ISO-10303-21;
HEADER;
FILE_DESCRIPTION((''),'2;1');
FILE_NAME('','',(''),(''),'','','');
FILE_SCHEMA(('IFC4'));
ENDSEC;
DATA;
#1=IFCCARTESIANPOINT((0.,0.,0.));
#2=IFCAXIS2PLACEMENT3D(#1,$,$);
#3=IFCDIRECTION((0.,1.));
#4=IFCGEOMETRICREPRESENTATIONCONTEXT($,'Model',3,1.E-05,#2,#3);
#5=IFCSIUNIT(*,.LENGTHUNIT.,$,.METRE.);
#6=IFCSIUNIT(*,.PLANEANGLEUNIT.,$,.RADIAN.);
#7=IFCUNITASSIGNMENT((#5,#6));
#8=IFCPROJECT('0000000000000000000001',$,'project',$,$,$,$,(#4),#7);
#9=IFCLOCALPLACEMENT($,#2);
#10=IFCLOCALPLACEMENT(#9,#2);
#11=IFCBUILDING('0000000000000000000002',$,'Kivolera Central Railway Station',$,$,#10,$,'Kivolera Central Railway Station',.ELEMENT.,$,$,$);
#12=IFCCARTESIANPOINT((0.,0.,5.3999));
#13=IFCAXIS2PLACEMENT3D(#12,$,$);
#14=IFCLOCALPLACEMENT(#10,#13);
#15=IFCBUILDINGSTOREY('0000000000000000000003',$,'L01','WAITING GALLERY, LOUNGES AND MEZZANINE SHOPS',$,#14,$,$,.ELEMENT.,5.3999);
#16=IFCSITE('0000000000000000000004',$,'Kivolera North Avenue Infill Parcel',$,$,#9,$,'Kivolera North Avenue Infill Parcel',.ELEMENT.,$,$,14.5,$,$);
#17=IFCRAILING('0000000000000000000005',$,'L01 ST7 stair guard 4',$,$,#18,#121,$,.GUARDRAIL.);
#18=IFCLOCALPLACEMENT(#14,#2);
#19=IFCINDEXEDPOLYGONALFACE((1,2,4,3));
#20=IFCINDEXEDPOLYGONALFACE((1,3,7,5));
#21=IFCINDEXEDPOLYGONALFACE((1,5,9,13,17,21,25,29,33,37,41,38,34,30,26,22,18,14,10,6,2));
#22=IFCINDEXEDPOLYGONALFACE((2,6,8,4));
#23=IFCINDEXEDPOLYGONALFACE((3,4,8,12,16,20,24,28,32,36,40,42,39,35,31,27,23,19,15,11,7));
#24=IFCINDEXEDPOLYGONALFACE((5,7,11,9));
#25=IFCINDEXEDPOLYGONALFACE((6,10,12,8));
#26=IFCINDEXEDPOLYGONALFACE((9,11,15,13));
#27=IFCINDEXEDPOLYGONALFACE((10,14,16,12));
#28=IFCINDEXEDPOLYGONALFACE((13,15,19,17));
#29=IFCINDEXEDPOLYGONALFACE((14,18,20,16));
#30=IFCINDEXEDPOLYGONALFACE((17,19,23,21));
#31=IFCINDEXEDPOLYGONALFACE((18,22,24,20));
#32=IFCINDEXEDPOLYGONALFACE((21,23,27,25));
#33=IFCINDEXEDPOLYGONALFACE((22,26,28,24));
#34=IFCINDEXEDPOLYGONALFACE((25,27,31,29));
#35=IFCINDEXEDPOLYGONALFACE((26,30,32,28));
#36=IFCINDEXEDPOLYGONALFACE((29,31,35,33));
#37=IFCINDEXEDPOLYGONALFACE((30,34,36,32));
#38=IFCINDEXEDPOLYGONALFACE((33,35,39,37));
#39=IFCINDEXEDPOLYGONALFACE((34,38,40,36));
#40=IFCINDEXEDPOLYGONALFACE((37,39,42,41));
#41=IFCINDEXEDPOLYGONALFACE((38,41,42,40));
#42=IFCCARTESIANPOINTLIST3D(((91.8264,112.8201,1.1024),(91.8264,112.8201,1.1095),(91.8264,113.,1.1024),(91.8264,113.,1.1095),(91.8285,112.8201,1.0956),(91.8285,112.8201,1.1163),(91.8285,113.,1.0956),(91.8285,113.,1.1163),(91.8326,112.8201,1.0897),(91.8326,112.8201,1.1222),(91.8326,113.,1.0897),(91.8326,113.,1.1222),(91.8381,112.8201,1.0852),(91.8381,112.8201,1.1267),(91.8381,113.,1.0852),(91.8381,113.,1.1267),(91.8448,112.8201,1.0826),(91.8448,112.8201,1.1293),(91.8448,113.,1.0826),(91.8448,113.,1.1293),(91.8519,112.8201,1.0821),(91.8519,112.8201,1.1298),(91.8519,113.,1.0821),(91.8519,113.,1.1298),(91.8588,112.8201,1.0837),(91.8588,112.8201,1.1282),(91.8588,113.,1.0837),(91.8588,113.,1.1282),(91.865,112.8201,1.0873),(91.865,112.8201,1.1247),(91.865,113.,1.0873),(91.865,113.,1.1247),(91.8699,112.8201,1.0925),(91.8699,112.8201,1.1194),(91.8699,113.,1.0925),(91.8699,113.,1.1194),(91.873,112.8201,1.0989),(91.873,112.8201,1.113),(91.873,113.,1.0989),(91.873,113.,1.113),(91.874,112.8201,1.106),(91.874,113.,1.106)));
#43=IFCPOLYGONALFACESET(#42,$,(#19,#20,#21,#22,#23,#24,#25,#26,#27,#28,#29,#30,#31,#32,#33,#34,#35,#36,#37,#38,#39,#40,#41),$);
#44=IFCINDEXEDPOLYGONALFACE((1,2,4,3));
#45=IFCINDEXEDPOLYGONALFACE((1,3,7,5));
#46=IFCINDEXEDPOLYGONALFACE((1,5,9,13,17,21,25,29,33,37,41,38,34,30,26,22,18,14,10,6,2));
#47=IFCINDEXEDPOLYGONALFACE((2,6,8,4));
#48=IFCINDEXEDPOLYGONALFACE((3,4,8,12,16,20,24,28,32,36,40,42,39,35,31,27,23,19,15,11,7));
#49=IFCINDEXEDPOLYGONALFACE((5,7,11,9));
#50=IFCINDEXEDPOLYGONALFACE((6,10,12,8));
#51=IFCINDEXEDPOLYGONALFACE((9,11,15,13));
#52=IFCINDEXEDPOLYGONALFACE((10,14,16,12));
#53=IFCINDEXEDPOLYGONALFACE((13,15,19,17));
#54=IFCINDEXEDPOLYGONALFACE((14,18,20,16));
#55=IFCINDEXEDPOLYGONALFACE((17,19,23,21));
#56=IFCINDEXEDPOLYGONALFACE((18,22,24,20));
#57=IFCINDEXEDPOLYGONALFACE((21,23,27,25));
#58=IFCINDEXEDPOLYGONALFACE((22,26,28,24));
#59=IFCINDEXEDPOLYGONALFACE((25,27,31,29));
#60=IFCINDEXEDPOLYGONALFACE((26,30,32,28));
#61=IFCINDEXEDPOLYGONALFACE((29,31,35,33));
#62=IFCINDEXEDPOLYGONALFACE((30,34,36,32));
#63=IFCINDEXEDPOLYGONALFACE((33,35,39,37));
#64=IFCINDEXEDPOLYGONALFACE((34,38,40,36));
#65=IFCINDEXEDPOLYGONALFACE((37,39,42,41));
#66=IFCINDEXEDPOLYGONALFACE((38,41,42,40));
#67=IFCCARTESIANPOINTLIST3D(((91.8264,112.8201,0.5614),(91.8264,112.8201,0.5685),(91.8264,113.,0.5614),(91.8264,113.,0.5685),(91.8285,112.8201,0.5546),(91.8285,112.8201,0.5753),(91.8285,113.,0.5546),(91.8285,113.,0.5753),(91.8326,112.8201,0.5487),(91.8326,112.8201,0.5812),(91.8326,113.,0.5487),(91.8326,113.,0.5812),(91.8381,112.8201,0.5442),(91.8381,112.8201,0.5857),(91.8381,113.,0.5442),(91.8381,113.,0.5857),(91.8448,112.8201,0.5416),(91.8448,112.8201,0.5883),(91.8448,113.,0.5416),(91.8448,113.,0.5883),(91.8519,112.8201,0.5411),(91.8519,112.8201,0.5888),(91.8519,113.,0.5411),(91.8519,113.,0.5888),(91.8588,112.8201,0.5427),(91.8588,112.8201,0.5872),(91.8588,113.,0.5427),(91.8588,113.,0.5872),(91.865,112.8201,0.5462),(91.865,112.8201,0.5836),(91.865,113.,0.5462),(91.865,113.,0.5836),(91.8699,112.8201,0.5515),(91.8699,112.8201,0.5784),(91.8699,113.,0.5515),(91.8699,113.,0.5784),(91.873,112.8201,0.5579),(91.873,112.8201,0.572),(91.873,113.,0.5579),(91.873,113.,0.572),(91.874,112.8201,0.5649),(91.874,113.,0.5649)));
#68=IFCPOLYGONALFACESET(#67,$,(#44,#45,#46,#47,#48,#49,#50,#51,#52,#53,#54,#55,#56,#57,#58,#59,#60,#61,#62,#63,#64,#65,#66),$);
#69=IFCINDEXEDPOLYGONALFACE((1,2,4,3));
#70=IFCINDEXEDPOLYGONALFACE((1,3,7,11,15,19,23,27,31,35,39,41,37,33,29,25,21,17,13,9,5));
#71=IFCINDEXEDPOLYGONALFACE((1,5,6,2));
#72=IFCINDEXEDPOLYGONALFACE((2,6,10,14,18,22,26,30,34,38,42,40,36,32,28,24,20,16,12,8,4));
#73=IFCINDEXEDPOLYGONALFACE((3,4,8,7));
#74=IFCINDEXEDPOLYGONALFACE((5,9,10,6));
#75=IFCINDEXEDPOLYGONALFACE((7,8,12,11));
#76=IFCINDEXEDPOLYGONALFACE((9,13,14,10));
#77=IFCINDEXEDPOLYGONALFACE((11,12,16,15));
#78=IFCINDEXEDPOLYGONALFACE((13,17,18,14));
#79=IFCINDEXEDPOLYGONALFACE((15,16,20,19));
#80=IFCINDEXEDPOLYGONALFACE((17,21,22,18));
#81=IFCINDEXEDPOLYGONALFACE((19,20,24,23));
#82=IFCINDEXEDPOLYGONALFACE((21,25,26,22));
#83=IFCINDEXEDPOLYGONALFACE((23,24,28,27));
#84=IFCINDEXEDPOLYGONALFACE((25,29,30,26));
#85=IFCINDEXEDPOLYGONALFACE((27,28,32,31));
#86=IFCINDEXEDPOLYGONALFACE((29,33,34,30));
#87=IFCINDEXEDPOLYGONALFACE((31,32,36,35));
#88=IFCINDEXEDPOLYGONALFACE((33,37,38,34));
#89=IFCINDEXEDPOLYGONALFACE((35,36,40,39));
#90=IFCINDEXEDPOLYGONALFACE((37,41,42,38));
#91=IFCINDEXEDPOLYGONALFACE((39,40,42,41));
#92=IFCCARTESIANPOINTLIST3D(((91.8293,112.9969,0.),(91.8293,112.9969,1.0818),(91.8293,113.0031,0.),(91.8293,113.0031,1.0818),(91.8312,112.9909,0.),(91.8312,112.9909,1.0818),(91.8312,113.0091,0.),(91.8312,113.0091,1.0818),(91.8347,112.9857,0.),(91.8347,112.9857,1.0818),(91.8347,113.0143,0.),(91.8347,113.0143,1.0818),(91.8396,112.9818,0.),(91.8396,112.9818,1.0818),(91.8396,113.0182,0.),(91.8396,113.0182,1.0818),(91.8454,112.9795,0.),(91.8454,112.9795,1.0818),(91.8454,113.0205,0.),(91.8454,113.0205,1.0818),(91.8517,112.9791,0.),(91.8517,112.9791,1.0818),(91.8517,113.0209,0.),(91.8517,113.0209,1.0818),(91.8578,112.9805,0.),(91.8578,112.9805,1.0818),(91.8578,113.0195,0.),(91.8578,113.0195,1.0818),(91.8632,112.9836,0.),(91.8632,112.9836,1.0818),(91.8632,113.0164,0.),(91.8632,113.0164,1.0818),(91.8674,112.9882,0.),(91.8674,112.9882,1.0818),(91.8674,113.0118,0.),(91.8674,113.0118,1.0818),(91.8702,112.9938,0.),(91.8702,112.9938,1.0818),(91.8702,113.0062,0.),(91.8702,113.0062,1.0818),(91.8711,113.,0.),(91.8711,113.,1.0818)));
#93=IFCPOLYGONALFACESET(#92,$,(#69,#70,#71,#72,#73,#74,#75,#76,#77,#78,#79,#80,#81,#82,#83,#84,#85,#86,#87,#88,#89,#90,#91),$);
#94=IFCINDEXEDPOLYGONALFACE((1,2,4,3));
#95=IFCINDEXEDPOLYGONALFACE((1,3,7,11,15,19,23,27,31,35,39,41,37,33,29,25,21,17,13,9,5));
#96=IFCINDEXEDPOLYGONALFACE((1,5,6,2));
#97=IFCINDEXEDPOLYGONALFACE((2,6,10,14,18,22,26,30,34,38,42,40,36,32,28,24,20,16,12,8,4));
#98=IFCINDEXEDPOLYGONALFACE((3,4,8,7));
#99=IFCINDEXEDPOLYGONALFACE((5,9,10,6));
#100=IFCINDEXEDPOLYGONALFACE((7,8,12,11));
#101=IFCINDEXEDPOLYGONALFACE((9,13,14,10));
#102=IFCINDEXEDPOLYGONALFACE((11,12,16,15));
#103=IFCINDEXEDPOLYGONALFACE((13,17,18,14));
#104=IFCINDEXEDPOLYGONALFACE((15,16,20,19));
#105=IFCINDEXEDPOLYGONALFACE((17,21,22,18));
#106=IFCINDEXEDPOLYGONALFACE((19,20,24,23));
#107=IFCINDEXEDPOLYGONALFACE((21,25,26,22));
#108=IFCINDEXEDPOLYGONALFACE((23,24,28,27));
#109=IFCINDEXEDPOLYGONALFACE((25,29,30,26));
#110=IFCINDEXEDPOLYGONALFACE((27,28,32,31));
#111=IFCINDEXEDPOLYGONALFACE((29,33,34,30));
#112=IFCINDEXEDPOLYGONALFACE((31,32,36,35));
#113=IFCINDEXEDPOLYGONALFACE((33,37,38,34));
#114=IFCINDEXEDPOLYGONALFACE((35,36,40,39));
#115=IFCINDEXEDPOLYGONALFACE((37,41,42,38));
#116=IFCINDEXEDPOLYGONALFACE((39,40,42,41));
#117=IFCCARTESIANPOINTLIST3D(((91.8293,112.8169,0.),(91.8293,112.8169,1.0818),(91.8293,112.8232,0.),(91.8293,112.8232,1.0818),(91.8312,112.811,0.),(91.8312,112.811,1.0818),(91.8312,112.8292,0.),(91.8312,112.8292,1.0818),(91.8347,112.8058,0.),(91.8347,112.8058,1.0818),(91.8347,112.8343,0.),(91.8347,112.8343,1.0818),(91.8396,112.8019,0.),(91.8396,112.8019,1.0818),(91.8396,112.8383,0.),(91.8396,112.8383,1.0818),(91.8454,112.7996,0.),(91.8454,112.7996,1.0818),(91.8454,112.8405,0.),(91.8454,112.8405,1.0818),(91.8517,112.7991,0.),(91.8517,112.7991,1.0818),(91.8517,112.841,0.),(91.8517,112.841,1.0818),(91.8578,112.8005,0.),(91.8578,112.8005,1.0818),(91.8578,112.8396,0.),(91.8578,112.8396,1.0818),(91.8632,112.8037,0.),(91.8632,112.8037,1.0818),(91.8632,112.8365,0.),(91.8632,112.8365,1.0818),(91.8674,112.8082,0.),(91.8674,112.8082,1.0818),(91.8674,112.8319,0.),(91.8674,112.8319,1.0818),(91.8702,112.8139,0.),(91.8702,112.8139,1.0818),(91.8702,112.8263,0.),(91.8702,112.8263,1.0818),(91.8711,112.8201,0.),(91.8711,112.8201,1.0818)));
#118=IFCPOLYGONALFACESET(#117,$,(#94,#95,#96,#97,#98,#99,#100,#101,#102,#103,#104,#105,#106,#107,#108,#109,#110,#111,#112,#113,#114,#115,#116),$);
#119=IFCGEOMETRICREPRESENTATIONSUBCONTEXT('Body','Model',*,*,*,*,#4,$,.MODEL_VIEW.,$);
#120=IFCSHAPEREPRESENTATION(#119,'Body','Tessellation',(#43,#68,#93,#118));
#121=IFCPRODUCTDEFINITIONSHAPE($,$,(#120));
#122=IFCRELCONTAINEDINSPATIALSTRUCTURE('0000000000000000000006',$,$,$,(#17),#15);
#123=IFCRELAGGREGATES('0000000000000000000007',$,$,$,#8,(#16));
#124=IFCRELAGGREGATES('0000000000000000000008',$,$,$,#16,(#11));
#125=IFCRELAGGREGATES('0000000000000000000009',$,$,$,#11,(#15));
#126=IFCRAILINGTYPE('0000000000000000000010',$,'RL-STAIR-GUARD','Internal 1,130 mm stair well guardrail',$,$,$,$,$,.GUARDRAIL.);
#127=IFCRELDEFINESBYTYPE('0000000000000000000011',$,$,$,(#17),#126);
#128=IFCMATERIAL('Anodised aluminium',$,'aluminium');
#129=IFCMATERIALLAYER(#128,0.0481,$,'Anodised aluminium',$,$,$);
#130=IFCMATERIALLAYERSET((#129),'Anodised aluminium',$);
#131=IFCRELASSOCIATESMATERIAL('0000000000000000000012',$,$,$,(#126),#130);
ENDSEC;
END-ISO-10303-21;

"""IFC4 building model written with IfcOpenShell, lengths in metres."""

from ifc_helpers import new_model, si_unit, direction, frame, origin, origin_2d, place, context, subcontext, project, spatial, circle, extrude, material, layer, layer_set, type_object, element, save


model = new_model("IFC4")

# Units and contexts
model_context = context("Model", 3, precision=1e-05, world=origin(), true_north=direction((0.0, 1.0)))
body_context = subcontext(model_context, "Body", "Model", "MODEL_VIEW")
ifc_project = project(units=[si_unit("LENGTHUNIT", "METRE"), si_unit("PLANEANGLEUNIT", "RADIAN")], contexts=[model_context])

# Site, building, storey
site_placement = place(None, origin())
site = spatial("IfcSite", under=ifc_project, at=site_placement, Name="Kivolera North Avenue Infill Parcel", LongName="Kivolera North Avenue Infill Parcel", CompositionType="ELEMENT", RefElevation=14.5)
building_placement = place(site_placement, origin())
building = spatial("IfcBuilding", under=site, at=building_placement, Name="Kivolera Central Railway Station", LongName="Kivolera Central Railway Station", CompositionType="ELEMENT")
storey_placement = place(building_placement, frame((0.0, 0.0, 5.3999)))
storey = spatial("IfcBuildingStorey", under=building, at=storey_placement, Name="L01", Description="WAITING GALLERY, LOUNGES AND MEZZANINE SHOPS", CompositionType="ELEMENT", Elevation=5.3999)

# Shared definitions
ifc_material_1 = material(Name="Anodised aluminium", Category="aluminium")

# Railing
ifc_layer_1 = layer(ifc_material_1, 0.0481, Name="Anodised aluminium")
ifc_layer_set_1 = layer_set([ifc_layer_1], Name="Anodised aluminium")
railing_type_1 = type_object("IfcRailingType", Name="RL-STAIR-GUARD", Description="Internal 1,130 mm stair well guardrail", PredefinedType="GUARDRAIL", material=ifc_layer_set_1)
railing_1_placement = place(storey_placement, frame((91.8501, 113.0, 0.0)))
element("IfcRailing", 1, at=railing_1_placement, inside=storey, type_object=railing_type_1, Name="L01 ST7 stair guard 4", PredefinedType="GUARDRAIL", context=body_context, shape_type="SweptSolid", body=[
    extrude(circle(Radius=0.0239, at=origin_2d()), frame((0.0, 0.0, 1.106), z_axis=(0.0, -1.0, 0.0), x_axis=(1.0, 0.0, 0.0)), (0.0, 0.0, 1.0), 0.1799),
    extrude(circle(Radius=0.0239, at=origin_2d()), frame((0.0, 0.0, 0.5649), z_axis=(0.0, -1.0, 0.0), x_axis=(1.0, 0.0, 0.0)), (0.0, 0.0, 1.0), 0.1799),
    extrude(circle(Radius=0.021, at=origin_2d()), origin(), (0.0, 0.0, 1.0), 1.0818),
    extrude(circle(Radius=0.021, at=origin_2d()), frame((0.0, -0.1799, 0.0)), (0.0, 0.0, 1.0), 1.0818),
])

save(model, "model.ifc")
